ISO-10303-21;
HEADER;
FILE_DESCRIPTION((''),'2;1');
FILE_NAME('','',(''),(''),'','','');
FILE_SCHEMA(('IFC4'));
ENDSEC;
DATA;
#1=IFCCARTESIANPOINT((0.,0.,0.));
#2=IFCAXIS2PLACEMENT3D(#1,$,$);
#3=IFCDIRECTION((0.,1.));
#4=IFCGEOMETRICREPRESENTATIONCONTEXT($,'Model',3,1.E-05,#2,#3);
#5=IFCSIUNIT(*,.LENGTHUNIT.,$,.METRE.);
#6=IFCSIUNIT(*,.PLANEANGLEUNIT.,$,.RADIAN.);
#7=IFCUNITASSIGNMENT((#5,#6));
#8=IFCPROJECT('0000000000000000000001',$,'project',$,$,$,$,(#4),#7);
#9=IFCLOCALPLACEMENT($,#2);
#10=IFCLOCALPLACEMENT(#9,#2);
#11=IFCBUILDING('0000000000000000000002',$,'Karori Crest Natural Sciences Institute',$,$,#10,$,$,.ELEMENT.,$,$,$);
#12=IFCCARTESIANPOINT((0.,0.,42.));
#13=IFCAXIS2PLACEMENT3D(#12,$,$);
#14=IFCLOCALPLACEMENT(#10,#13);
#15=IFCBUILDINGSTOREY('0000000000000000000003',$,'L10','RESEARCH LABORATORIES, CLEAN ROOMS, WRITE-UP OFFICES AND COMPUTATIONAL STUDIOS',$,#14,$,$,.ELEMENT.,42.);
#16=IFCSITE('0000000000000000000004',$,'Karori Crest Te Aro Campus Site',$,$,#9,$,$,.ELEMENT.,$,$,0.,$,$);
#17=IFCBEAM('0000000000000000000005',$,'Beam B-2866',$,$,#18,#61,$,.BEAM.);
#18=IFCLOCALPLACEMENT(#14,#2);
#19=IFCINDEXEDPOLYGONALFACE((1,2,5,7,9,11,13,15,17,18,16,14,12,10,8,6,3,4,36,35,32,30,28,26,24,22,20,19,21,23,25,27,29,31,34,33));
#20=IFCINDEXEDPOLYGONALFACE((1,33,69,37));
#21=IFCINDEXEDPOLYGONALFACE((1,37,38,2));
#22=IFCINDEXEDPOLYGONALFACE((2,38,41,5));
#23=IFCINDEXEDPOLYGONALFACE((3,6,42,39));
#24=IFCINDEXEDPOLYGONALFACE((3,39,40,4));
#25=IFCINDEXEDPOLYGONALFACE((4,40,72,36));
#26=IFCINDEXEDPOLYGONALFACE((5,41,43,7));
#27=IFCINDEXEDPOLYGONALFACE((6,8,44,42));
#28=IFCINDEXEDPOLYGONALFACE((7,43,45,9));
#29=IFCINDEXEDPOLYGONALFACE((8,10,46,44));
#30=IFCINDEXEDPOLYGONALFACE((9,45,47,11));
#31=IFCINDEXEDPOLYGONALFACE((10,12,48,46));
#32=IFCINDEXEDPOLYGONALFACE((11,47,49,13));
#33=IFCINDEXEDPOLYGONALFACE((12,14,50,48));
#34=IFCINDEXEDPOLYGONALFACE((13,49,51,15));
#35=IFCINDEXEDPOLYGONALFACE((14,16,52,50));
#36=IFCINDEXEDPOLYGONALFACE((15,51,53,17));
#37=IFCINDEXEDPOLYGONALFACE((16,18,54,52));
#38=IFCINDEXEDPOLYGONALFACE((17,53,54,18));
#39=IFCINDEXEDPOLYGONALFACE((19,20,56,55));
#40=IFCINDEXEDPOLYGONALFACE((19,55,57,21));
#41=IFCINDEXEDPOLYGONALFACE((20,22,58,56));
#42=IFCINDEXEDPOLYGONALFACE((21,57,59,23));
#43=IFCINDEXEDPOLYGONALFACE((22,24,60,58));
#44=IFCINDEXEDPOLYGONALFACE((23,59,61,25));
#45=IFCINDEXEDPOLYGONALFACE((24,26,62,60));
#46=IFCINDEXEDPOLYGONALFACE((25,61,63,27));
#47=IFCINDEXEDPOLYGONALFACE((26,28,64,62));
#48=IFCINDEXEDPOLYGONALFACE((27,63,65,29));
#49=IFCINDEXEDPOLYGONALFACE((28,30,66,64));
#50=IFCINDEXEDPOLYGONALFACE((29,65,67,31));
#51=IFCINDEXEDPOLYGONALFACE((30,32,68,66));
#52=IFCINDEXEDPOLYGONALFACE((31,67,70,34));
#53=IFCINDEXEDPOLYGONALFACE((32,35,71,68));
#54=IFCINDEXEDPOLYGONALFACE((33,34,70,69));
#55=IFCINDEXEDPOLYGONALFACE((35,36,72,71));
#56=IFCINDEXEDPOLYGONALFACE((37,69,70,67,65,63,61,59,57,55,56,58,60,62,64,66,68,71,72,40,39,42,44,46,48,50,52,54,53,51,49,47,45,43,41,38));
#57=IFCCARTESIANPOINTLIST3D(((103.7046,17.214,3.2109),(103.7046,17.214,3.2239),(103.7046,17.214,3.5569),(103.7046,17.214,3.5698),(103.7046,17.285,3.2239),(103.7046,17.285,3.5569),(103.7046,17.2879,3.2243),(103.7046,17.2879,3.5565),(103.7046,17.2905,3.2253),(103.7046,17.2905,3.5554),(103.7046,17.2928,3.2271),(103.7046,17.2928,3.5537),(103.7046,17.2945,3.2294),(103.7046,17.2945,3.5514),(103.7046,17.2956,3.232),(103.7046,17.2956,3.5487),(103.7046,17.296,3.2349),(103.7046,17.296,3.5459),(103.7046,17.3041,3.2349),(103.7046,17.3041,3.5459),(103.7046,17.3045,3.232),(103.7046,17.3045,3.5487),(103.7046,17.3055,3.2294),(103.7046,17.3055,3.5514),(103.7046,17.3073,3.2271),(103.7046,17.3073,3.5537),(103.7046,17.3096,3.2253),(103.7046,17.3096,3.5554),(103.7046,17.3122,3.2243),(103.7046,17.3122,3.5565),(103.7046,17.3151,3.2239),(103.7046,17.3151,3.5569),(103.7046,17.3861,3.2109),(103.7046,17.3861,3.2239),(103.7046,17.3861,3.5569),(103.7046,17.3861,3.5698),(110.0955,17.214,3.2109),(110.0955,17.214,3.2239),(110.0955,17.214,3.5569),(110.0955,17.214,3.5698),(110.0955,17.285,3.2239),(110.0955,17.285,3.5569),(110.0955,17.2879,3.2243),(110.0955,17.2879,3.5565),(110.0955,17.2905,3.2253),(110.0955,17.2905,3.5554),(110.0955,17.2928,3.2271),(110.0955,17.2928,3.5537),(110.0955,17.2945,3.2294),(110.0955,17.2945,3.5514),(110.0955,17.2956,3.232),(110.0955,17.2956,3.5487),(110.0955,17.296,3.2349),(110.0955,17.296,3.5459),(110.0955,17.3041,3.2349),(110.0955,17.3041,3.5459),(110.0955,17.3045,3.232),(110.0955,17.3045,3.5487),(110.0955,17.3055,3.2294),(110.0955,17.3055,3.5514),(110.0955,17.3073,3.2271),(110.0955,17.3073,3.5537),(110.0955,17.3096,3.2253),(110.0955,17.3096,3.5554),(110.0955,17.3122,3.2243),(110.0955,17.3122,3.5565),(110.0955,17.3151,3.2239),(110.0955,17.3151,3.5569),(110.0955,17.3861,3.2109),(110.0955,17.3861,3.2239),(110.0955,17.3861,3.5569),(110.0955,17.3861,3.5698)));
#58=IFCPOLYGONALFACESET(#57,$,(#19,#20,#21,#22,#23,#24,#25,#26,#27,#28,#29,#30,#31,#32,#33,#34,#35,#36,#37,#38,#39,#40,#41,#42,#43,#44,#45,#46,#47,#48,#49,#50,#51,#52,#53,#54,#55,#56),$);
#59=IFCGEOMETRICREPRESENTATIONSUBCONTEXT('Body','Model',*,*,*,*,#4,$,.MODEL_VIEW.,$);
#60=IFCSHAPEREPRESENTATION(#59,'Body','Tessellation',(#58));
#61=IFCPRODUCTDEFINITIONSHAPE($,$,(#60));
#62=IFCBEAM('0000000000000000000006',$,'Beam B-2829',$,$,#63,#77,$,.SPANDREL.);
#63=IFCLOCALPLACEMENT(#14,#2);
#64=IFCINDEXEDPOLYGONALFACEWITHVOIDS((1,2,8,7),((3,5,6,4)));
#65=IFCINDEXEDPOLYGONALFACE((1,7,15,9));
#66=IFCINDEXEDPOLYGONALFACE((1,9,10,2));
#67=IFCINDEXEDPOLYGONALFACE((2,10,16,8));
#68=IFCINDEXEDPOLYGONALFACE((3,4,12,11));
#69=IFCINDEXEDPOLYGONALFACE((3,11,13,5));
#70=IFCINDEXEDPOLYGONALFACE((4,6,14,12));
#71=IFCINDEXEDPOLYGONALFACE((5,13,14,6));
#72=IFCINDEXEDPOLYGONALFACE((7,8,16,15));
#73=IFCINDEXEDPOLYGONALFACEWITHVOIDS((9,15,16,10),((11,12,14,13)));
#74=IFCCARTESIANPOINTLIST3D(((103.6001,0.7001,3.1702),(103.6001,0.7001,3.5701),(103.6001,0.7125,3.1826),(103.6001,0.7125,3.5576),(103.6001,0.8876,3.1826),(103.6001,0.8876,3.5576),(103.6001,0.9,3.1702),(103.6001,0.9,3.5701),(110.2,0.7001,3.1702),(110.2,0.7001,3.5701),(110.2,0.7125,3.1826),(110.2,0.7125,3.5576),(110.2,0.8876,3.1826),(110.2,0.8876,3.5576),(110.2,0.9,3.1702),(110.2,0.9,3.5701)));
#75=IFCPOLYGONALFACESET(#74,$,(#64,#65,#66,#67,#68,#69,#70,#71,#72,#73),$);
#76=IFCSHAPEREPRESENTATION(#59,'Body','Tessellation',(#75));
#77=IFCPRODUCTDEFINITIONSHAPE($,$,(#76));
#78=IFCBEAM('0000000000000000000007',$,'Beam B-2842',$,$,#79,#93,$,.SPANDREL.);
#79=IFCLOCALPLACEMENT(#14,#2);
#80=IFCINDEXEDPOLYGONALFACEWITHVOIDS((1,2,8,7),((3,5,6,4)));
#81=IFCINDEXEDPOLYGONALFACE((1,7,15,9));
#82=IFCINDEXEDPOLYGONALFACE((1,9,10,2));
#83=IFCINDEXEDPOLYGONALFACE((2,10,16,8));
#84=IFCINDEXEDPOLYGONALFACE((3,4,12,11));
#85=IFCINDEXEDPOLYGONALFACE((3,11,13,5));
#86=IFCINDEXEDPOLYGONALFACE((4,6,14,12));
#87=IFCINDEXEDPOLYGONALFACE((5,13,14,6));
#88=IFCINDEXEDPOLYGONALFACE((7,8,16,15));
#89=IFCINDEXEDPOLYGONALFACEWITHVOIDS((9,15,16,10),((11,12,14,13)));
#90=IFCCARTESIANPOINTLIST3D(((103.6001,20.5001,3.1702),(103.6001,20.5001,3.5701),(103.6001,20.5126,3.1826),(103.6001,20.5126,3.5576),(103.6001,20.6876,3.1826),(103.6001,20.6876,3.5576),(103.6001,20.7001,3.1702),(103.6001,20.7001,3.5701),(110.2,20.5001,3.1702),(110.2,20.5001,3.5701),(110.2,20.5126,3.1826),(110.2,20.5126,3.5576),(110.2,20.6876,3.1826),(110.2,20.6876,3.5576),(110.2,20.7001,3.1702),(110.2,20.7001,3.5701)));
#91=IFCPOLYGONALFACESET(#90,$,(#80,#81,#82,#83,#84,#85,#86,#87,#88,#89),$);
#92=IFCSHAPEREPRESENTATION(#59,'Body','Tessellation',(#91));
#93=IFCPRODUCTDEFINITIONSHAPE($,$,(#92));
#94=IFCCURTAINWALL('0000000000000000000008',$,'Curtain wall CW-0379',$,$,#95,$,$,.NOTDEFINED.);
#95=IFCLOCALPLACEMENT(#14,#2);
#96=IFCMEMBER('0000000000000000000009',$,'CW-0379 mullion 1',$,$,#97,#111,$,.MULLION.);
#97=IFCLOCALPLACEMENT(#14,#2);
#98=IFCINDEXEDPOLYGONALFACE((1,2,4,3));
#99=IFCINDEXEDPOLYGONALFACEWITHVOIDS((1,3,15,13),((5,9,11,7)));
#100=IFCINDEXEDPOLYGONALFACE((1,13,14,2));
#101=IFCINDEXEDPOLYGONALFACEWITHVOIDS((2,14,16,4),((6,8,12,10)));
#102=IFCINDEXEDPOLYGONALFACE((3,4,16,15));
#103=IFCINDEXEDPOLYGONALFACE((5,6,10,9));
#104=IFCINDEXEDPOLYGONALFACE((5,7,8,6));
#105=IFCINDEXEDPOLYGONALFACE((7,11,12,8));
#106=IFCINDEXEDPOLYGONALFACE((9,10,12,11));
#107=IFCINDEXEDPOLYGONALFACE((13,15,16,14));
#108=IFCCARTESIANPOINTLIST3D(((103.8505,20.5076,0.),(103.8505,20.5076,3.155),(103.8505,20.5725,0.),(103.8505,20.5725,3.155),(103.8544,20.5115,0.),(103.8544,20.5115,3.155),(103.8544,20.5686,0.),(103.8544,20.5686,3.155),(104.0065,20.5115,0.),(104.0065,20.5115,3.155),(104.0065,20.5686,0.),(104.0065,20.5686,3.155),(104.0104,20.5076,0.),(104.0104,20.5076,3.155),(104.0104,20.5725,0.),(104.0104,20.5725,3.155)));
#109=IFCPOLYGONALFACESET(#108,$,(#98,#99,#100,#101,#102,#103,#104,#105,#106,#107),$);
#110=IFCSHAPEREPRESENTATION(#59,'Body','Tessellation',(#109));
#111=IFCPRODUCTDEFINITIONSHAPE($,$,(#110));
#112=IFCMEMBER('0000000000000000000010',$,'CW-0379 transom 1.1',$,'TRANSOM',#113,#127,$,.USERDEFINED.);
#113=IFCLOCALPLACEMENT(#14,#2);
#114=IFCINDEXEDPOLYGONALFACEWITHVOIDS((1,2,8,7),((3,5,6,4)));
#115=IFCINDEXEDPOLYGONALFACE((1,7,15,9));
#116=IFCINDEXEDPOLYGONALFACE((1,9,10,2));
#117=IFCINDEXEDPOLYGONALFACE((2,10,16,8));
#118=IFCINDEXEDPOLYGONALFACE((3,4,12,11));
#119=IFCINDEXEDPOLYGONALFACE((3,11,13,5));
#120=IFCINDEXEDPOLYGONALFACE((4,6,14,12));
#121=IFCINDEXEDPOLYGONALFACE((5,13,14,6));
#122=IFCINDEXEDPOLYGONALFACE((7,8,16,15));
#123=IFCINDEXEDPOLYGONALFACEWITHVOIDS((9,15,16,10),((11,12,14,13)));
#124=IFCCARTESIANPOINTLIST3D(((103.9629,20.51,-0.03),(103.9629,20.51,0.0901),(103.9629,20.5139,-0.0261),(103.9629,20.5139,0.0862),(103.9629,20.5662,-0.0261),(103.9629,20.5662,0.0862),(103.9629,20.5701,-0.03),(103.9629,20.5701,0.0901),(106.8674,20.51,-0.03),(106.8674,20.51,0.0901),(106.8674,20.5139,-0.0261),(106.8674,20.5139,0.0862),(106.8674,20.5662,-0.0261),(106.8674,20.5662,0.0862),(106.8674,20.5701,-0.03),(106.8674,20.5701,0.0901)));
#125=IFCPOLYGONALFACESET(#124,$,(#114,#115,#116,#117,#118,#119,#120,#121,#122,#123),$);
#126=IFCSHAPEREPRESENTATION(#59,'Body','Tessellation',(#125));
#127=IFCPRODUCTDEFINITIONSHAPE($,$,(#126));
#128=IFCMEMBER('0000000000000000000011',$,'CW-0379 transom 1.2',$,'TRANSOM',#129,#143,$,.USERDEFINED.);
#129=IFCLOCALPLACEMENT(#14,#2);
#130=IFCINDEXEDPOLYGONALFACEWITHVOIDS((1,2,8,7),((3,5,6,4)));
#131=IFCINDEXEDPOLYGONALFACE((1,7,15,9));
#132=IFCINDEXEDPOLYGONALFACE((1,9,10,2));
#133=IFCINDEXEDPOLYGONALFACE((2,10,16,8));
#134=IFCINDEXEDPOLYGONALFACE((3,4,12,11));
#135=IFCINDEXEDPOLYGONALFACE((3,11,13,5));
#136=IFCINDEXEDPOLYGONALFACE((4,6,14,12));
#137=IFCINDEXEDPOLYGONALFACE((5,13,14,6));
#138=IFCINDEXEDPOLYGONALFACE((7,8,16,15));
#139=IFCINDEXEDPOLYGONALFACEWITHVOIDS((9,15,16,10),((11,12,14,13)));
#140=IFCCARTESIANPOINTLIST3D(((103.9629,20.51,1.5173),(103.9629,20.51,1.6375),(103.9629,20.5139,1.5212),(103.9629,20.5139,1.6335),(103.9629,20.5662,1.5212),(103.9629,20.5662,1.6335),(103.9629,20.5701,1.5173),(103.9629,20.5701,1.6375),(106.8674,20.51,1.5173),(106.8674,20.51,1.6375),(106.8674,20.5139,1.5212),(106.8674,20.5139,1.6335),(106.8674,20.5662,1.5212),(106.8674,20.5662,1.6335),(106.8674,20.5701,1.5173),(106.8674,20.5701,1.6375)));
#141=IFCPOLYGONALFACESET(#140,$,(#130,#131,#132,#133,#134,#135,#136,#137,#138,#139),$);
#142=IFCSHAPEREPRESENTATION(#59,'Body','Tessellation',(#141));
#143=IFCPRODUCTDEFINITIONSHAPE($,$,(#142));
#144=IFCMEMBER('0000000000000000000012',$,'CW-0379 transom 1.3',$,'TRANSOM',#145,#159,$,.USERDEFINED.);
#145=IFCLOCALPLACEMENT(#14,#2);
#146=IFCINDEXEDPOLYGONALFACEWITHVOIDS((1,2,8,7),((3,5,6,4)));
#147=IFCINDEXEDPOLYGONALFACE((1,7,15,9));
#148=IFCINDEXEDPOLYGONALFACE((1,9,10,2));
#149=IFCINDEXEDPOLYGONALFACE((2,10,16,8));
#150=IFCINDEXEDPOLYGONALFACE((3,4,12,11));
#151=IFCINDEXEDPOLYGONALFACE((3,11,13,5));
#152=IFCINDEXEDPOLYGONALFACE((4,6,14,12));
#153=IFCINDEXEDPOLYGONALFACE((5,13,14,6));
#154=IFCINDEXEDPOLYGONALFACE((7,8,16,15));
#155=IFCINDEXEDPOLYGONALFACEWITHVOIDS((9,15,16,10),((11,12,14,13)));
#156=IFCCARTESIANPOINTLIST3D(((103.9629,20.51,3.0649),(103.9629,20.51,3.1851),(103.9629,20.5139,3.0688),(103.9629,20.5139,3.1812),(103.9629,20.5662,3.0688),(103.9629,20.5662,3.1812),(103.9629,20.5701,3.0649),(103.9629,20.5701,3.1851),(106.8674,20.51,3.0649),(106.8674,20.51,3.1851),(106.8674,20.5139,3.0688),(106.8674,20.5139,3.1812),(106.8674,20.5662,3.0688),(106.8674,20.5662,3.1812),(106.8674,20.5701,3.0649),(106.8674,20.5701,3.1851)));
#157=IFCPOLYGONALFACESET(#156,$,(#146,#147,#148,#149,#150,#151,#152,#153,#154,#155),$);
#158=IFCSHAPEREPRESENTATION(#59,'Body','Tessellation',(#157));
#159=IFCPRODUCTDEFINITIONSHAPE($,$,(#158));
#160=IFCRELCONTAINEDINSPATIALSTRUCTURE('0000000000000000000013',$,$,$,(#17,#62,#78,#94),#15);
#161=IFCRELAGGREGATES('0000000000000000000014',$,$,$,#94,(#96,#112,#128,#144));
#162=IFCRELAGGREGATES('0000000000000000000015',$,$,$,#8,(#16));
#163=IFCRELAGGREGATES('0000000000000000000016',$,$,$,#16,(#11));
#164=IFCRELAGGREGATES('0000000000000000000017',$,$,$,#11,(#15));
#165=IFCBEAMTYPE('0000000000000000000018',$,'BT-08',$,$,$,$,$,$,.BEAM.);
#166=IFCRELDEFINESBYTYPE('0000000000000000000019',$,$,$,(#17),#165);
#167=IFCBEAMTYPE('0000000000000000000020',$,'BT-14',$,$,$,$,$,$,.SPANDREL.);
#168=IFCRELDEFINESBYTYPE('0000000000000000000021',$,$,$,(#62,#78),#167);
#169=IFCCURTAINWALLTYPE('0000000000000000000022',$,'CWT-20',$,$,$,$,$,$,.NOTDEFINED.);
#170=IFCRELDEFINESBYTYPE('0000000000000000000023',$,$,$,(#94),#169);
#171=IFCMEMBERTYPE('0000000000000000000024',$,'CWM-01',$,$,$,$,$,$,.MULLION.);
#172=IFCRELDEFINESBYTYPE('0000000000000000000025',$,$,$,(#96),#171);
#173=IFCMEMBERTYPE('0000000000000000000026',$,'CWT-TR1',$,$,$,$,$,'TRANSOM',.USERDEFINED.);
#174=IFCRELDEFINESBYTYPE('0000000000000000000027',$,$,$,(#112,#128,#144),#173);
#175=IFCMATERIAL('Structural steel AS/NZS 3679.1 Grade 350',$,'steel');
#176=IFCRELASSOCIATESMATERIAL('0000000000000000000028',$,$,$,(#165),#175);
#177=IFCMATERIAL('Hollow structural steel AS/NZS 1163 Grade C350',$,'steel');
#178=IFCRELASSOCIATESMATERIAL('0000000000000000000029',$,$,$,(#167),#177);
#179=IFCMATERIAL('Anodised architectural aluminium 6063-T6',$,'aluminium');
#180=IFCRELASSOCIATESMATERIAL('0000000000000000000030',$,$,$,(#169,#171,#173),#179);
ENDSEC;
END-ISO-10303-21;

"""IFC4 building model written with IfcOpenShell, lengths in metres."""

from ifc_helpers import new_model, si_unit, direction, frame, origin, origin_2d, place, context, subcontext, project, spatial, hollow_rectangle, i_section, extrude, material, material_profile, profile_set, type_object, element, aggregate, save


model = new_model("IFC4")

# Units and contexts
model_context = context("Model", 3, precision=1e-05, world=origin(), true_north=direction((0.0, 1.0)))
body_context = subcontext(model_context, "Body", "Model", "MODEL_VIEW")
ifc_project = project(units=[si_unit("LENGTHUNIT", "METRE"), si_unit("PLANEANGLEUNIT", "RADIAN")], contexts=[model_context])

# Site, building, storey
site_placement = place(None, origin())
site = spatial("IfcSite", under=ifc_project, at=site_placement, Name="Karori Crest Te Aro Campus Site", CompositionType="ELEMENT", RefElevation=0.0)
building_placement = place(site_placement, origin())
building = spatial("IfcBuilding", under=site, at=building_placement, Name="Karori Crest Natural Sciences Institute", CompositionType="ELEMENT")
storey_placement = place(building_placement, frame((0.0, 0.0, 42.0)))
storey = spatial("IfcBuildingStorey", under=building, at=storey_placement, Name="L10", Description="RESEARCH LABORATORIES, CLEAN ROOMS, WRITE-UP OFFICES AND COMPUTATIONAL STUDIOS", CompositionType="ELEMENT", Elevation=42.0)

# Beams
ifc_material_1 = material(Name="Structural steel AS/NZS 3679.1 Grade 350", Category="steel")
ifc_material_profile_1 = material_profile(ifc_material_1, i_section(OverallWidth=0.1721, OverallDepth=0.3589, WebThickness=0.0081, FlangeThickness=0.0129, FilletRadius=0.011, at=origin_2d()), Name="360UB56.7")
ifc_profile_set_1 = profile_set([ifc_material_profile_1], Name="Structural steel AS/NZS 3679.1 Grade 350")
beam_type_1 = type_object("IfcBeamType", Name="BT-08", PredefinedType="BEAM", material=ifc_profile_set_1)
for number, where, z_axis, x_axis, name in (
    (1, (103.7046, 17.3, 3.3904), (1.0, 0.0, 0.0), (0.0, 1.0, 0.0), "Beam B-2866"),
):
    element("IfcBeam", number, at=place(storey_placement, frame(where, z_axis=z_axis, x_axis=x_axis)), inside=storey, type_object=beam_type_1, Name=name, PredefinedType="BEAM", context=body_context, shape_type="SweptSolid", body=[
        extrude(i_section(OverallWidth=0.1721, OverallDepth=0.3589, WebThickness=0.0081, FlangeThickness=0.0129, FilletRadius=0.011, at=origin_2d()), origin(), (0.0, 0.0, 1.0), 6.3909),
    ])
ifc_material_2 = material(Name="Hollow structural steel AS/NZS 1163 Grade C350", Category="steel")
ifc_material_profile_2 = material_profile(ifc_material_2, hollow_rectangle(XDim=0.2, YDim=0.3999, WallThickness=0.0125, at=origin_2d()), Name="RHS400x200x12.5")
ifc_profile_set_2 = profile_set([ifc_material_profile_2], Name="Hollow structural steel AS/NZS 1163 Grade C350")
beam_type_2 = type_object("IfcBeamType", Name="BT-14", PredefinedType="SPANDREL", material=ifc_profile_set_2)
for number, where, z_axis, x_axis, name in (
    (2, (103.6001, 0.8, 3.3701), (1.0, 0.0, 0.0), (0.0, 1.0, 0.0), "Beam B-2829"),
    (3, (103.6001, 20.6001, 3.3701), (1.0, 0.0, 0.0), (0.0, 1.0, 0.0), "Beam B-2842"),
):
    element("IfcBeam", number, at=place(storey_placement, frame(where, z_axis=z_axis, x_axis=x_axis)), inside=storey, type_object=beam_type_2, Name=name, PredefinedType="SPANDREL", context=body_context, shape_type="SweptSolid", body=[
        extrude(hollow_rectangle(XDim=0.2, YDim=0.3999, WallThickness=0.0125, at=origin_2d()), origin(), (0.0, 0.0, 1.0), 6.5999),
    ])

# Curtain wall, members
ifc_material_3 = material(Name="Anodised architectural aluminium 6063-T6", Category="aluminium")
curtain_wall_type = type_object("IfcCurtainWallType", Name="CWT-20", PredefinedType="NOTDEFINED", material=ifc_material_3)
curtain_wall_placement = place(storey_placement, origin())
curtain_wall = element("IfcCurtainWall", 4, at=curtain_wall_placement, inside=storey, type_object=curtain_wall_type, Name="Curtain wall CW-0379", PredefinedType="NOTDEFINED")
ifc_material_profile_3 = material_profile(ifc_material_3, hollow_rectangle(XDim=0.0649, YDim=0.1599, WallThickness=0.0039, at=origin_2d()), Name="CWM160x65x4")
ifc_profile_set_3 = profile_set([ifc_material_profile_3], Name="Anodised architectural aluminium 6063-T6")
member_type_1 = type_object("IfcMemberType", Name="CWM-01", PredefinedType="MULLION", material=ifc_profile_set_3)
member_1_placement = place(storey_placement, frame((103.9304, 20.54, 0.0), z_axis=(0.0, 0.0, 1.0), x_axis=(0.0, 1.0, 0.0)))
member_1 = element("IfcMember", 5, at=member_1_placement, type_object=member_type_1, Name="CW-0379 mullion 1", PredefinedType="MULLION", context=body_context, shape_type="SweptSolid", body=[
    extrude(hollow_rectangle(XDim=0.0649, YDim=0.1599, WallThickness=0.0039, at=origin_2d()), origin(), (0.0, 0.0, 1.0), 3.155),
])
ifc_material_profile_4 = material_profile(ifc_material_3, hollow_rectangle(XDim=0.0601, YDim=0.1201, WallThickness=0.0039, at=origin_2d()), Name="CWT120x60x4")
ifc_profile_set_4 = profile_set([ifc_material_profile_4], Name="Anodised architectural aluminium 6063-T6")
member_type_2 = type_object("IfcMemberType", Name="CWT-TR1", ElementType="TRANSOM", PredefinedType="USERDEFINED", material=ifc_profile_set_4)
member_2_placement = place(storey_placement, frame((103.9629, 20.54, 0.03), z_axis=(1.0, 0.0, 0.0), x_axis=(0.0, 1.0, 0.0)))
member_2 = element("IfcMember", 6, at=member_2_placement, type_object=member_type_2, Name="CW-0379 transom 1.1", ObjectType="TRANSOM", PredefinedType="USERDEFINED", context=body_context, shape_type="SweptSolid", body=[
    extrude(hollow_rectangle(XDim=0.0601, YDim=0.1201, WallThickness=0.0039, at=origin_2d()), origin(), (0.0, 0.0, 1.0), 2.9045),
])
member_3_placement = place(storey_placement, frame((103.9629, 20.54, 1.5774), z_axis=(1.0, 0.0, 0.0), x_axis=(0.0, 1.0, 0.0)))
member_3 = element("IfcMember", 7, at=member_3_placement, type_object=member_type_2, Name="CW-0379 transom 1.2", ObjectType="TRANSOM", PredefinedType="USERDEFINED", context=body_context, shape_type="SweptSolid", body=[
    extrude(hollow_rectangle(XDim=0.0601, YDim=0.1201, WallThickness=0.0039, at=origin_2d()), origin(), (0.0, 0.0, 1.0), 2.9045),
])
member_4_placement = place(storey_placement, frame((103.9629, 20.54, 3.125), z_axis=(1.0, 0.0, 0.0), x_axis=(0.0, 1.0, 0.0)))
member_4 = element("IfcMember", 8, at=member_4_placement, type_object=member_type_2, Name="CW-0379 transom 1.3", ObjectType="TRANSOM", PredefinedType="USERDEFINED", context=body_context, shape_type="SweptSolid", body=[
    extrude(hollow_rectangle(XDim=0.0601, YDim=0.1201, WallThickness=0.0039, at=origin_2d()), origin(), (0.0, 0.0, 1.0), 2.9045),
])

aggregate(curtain_wall, [member_1, member_2, member_3, member_4])

save(model, "model.ifc")
